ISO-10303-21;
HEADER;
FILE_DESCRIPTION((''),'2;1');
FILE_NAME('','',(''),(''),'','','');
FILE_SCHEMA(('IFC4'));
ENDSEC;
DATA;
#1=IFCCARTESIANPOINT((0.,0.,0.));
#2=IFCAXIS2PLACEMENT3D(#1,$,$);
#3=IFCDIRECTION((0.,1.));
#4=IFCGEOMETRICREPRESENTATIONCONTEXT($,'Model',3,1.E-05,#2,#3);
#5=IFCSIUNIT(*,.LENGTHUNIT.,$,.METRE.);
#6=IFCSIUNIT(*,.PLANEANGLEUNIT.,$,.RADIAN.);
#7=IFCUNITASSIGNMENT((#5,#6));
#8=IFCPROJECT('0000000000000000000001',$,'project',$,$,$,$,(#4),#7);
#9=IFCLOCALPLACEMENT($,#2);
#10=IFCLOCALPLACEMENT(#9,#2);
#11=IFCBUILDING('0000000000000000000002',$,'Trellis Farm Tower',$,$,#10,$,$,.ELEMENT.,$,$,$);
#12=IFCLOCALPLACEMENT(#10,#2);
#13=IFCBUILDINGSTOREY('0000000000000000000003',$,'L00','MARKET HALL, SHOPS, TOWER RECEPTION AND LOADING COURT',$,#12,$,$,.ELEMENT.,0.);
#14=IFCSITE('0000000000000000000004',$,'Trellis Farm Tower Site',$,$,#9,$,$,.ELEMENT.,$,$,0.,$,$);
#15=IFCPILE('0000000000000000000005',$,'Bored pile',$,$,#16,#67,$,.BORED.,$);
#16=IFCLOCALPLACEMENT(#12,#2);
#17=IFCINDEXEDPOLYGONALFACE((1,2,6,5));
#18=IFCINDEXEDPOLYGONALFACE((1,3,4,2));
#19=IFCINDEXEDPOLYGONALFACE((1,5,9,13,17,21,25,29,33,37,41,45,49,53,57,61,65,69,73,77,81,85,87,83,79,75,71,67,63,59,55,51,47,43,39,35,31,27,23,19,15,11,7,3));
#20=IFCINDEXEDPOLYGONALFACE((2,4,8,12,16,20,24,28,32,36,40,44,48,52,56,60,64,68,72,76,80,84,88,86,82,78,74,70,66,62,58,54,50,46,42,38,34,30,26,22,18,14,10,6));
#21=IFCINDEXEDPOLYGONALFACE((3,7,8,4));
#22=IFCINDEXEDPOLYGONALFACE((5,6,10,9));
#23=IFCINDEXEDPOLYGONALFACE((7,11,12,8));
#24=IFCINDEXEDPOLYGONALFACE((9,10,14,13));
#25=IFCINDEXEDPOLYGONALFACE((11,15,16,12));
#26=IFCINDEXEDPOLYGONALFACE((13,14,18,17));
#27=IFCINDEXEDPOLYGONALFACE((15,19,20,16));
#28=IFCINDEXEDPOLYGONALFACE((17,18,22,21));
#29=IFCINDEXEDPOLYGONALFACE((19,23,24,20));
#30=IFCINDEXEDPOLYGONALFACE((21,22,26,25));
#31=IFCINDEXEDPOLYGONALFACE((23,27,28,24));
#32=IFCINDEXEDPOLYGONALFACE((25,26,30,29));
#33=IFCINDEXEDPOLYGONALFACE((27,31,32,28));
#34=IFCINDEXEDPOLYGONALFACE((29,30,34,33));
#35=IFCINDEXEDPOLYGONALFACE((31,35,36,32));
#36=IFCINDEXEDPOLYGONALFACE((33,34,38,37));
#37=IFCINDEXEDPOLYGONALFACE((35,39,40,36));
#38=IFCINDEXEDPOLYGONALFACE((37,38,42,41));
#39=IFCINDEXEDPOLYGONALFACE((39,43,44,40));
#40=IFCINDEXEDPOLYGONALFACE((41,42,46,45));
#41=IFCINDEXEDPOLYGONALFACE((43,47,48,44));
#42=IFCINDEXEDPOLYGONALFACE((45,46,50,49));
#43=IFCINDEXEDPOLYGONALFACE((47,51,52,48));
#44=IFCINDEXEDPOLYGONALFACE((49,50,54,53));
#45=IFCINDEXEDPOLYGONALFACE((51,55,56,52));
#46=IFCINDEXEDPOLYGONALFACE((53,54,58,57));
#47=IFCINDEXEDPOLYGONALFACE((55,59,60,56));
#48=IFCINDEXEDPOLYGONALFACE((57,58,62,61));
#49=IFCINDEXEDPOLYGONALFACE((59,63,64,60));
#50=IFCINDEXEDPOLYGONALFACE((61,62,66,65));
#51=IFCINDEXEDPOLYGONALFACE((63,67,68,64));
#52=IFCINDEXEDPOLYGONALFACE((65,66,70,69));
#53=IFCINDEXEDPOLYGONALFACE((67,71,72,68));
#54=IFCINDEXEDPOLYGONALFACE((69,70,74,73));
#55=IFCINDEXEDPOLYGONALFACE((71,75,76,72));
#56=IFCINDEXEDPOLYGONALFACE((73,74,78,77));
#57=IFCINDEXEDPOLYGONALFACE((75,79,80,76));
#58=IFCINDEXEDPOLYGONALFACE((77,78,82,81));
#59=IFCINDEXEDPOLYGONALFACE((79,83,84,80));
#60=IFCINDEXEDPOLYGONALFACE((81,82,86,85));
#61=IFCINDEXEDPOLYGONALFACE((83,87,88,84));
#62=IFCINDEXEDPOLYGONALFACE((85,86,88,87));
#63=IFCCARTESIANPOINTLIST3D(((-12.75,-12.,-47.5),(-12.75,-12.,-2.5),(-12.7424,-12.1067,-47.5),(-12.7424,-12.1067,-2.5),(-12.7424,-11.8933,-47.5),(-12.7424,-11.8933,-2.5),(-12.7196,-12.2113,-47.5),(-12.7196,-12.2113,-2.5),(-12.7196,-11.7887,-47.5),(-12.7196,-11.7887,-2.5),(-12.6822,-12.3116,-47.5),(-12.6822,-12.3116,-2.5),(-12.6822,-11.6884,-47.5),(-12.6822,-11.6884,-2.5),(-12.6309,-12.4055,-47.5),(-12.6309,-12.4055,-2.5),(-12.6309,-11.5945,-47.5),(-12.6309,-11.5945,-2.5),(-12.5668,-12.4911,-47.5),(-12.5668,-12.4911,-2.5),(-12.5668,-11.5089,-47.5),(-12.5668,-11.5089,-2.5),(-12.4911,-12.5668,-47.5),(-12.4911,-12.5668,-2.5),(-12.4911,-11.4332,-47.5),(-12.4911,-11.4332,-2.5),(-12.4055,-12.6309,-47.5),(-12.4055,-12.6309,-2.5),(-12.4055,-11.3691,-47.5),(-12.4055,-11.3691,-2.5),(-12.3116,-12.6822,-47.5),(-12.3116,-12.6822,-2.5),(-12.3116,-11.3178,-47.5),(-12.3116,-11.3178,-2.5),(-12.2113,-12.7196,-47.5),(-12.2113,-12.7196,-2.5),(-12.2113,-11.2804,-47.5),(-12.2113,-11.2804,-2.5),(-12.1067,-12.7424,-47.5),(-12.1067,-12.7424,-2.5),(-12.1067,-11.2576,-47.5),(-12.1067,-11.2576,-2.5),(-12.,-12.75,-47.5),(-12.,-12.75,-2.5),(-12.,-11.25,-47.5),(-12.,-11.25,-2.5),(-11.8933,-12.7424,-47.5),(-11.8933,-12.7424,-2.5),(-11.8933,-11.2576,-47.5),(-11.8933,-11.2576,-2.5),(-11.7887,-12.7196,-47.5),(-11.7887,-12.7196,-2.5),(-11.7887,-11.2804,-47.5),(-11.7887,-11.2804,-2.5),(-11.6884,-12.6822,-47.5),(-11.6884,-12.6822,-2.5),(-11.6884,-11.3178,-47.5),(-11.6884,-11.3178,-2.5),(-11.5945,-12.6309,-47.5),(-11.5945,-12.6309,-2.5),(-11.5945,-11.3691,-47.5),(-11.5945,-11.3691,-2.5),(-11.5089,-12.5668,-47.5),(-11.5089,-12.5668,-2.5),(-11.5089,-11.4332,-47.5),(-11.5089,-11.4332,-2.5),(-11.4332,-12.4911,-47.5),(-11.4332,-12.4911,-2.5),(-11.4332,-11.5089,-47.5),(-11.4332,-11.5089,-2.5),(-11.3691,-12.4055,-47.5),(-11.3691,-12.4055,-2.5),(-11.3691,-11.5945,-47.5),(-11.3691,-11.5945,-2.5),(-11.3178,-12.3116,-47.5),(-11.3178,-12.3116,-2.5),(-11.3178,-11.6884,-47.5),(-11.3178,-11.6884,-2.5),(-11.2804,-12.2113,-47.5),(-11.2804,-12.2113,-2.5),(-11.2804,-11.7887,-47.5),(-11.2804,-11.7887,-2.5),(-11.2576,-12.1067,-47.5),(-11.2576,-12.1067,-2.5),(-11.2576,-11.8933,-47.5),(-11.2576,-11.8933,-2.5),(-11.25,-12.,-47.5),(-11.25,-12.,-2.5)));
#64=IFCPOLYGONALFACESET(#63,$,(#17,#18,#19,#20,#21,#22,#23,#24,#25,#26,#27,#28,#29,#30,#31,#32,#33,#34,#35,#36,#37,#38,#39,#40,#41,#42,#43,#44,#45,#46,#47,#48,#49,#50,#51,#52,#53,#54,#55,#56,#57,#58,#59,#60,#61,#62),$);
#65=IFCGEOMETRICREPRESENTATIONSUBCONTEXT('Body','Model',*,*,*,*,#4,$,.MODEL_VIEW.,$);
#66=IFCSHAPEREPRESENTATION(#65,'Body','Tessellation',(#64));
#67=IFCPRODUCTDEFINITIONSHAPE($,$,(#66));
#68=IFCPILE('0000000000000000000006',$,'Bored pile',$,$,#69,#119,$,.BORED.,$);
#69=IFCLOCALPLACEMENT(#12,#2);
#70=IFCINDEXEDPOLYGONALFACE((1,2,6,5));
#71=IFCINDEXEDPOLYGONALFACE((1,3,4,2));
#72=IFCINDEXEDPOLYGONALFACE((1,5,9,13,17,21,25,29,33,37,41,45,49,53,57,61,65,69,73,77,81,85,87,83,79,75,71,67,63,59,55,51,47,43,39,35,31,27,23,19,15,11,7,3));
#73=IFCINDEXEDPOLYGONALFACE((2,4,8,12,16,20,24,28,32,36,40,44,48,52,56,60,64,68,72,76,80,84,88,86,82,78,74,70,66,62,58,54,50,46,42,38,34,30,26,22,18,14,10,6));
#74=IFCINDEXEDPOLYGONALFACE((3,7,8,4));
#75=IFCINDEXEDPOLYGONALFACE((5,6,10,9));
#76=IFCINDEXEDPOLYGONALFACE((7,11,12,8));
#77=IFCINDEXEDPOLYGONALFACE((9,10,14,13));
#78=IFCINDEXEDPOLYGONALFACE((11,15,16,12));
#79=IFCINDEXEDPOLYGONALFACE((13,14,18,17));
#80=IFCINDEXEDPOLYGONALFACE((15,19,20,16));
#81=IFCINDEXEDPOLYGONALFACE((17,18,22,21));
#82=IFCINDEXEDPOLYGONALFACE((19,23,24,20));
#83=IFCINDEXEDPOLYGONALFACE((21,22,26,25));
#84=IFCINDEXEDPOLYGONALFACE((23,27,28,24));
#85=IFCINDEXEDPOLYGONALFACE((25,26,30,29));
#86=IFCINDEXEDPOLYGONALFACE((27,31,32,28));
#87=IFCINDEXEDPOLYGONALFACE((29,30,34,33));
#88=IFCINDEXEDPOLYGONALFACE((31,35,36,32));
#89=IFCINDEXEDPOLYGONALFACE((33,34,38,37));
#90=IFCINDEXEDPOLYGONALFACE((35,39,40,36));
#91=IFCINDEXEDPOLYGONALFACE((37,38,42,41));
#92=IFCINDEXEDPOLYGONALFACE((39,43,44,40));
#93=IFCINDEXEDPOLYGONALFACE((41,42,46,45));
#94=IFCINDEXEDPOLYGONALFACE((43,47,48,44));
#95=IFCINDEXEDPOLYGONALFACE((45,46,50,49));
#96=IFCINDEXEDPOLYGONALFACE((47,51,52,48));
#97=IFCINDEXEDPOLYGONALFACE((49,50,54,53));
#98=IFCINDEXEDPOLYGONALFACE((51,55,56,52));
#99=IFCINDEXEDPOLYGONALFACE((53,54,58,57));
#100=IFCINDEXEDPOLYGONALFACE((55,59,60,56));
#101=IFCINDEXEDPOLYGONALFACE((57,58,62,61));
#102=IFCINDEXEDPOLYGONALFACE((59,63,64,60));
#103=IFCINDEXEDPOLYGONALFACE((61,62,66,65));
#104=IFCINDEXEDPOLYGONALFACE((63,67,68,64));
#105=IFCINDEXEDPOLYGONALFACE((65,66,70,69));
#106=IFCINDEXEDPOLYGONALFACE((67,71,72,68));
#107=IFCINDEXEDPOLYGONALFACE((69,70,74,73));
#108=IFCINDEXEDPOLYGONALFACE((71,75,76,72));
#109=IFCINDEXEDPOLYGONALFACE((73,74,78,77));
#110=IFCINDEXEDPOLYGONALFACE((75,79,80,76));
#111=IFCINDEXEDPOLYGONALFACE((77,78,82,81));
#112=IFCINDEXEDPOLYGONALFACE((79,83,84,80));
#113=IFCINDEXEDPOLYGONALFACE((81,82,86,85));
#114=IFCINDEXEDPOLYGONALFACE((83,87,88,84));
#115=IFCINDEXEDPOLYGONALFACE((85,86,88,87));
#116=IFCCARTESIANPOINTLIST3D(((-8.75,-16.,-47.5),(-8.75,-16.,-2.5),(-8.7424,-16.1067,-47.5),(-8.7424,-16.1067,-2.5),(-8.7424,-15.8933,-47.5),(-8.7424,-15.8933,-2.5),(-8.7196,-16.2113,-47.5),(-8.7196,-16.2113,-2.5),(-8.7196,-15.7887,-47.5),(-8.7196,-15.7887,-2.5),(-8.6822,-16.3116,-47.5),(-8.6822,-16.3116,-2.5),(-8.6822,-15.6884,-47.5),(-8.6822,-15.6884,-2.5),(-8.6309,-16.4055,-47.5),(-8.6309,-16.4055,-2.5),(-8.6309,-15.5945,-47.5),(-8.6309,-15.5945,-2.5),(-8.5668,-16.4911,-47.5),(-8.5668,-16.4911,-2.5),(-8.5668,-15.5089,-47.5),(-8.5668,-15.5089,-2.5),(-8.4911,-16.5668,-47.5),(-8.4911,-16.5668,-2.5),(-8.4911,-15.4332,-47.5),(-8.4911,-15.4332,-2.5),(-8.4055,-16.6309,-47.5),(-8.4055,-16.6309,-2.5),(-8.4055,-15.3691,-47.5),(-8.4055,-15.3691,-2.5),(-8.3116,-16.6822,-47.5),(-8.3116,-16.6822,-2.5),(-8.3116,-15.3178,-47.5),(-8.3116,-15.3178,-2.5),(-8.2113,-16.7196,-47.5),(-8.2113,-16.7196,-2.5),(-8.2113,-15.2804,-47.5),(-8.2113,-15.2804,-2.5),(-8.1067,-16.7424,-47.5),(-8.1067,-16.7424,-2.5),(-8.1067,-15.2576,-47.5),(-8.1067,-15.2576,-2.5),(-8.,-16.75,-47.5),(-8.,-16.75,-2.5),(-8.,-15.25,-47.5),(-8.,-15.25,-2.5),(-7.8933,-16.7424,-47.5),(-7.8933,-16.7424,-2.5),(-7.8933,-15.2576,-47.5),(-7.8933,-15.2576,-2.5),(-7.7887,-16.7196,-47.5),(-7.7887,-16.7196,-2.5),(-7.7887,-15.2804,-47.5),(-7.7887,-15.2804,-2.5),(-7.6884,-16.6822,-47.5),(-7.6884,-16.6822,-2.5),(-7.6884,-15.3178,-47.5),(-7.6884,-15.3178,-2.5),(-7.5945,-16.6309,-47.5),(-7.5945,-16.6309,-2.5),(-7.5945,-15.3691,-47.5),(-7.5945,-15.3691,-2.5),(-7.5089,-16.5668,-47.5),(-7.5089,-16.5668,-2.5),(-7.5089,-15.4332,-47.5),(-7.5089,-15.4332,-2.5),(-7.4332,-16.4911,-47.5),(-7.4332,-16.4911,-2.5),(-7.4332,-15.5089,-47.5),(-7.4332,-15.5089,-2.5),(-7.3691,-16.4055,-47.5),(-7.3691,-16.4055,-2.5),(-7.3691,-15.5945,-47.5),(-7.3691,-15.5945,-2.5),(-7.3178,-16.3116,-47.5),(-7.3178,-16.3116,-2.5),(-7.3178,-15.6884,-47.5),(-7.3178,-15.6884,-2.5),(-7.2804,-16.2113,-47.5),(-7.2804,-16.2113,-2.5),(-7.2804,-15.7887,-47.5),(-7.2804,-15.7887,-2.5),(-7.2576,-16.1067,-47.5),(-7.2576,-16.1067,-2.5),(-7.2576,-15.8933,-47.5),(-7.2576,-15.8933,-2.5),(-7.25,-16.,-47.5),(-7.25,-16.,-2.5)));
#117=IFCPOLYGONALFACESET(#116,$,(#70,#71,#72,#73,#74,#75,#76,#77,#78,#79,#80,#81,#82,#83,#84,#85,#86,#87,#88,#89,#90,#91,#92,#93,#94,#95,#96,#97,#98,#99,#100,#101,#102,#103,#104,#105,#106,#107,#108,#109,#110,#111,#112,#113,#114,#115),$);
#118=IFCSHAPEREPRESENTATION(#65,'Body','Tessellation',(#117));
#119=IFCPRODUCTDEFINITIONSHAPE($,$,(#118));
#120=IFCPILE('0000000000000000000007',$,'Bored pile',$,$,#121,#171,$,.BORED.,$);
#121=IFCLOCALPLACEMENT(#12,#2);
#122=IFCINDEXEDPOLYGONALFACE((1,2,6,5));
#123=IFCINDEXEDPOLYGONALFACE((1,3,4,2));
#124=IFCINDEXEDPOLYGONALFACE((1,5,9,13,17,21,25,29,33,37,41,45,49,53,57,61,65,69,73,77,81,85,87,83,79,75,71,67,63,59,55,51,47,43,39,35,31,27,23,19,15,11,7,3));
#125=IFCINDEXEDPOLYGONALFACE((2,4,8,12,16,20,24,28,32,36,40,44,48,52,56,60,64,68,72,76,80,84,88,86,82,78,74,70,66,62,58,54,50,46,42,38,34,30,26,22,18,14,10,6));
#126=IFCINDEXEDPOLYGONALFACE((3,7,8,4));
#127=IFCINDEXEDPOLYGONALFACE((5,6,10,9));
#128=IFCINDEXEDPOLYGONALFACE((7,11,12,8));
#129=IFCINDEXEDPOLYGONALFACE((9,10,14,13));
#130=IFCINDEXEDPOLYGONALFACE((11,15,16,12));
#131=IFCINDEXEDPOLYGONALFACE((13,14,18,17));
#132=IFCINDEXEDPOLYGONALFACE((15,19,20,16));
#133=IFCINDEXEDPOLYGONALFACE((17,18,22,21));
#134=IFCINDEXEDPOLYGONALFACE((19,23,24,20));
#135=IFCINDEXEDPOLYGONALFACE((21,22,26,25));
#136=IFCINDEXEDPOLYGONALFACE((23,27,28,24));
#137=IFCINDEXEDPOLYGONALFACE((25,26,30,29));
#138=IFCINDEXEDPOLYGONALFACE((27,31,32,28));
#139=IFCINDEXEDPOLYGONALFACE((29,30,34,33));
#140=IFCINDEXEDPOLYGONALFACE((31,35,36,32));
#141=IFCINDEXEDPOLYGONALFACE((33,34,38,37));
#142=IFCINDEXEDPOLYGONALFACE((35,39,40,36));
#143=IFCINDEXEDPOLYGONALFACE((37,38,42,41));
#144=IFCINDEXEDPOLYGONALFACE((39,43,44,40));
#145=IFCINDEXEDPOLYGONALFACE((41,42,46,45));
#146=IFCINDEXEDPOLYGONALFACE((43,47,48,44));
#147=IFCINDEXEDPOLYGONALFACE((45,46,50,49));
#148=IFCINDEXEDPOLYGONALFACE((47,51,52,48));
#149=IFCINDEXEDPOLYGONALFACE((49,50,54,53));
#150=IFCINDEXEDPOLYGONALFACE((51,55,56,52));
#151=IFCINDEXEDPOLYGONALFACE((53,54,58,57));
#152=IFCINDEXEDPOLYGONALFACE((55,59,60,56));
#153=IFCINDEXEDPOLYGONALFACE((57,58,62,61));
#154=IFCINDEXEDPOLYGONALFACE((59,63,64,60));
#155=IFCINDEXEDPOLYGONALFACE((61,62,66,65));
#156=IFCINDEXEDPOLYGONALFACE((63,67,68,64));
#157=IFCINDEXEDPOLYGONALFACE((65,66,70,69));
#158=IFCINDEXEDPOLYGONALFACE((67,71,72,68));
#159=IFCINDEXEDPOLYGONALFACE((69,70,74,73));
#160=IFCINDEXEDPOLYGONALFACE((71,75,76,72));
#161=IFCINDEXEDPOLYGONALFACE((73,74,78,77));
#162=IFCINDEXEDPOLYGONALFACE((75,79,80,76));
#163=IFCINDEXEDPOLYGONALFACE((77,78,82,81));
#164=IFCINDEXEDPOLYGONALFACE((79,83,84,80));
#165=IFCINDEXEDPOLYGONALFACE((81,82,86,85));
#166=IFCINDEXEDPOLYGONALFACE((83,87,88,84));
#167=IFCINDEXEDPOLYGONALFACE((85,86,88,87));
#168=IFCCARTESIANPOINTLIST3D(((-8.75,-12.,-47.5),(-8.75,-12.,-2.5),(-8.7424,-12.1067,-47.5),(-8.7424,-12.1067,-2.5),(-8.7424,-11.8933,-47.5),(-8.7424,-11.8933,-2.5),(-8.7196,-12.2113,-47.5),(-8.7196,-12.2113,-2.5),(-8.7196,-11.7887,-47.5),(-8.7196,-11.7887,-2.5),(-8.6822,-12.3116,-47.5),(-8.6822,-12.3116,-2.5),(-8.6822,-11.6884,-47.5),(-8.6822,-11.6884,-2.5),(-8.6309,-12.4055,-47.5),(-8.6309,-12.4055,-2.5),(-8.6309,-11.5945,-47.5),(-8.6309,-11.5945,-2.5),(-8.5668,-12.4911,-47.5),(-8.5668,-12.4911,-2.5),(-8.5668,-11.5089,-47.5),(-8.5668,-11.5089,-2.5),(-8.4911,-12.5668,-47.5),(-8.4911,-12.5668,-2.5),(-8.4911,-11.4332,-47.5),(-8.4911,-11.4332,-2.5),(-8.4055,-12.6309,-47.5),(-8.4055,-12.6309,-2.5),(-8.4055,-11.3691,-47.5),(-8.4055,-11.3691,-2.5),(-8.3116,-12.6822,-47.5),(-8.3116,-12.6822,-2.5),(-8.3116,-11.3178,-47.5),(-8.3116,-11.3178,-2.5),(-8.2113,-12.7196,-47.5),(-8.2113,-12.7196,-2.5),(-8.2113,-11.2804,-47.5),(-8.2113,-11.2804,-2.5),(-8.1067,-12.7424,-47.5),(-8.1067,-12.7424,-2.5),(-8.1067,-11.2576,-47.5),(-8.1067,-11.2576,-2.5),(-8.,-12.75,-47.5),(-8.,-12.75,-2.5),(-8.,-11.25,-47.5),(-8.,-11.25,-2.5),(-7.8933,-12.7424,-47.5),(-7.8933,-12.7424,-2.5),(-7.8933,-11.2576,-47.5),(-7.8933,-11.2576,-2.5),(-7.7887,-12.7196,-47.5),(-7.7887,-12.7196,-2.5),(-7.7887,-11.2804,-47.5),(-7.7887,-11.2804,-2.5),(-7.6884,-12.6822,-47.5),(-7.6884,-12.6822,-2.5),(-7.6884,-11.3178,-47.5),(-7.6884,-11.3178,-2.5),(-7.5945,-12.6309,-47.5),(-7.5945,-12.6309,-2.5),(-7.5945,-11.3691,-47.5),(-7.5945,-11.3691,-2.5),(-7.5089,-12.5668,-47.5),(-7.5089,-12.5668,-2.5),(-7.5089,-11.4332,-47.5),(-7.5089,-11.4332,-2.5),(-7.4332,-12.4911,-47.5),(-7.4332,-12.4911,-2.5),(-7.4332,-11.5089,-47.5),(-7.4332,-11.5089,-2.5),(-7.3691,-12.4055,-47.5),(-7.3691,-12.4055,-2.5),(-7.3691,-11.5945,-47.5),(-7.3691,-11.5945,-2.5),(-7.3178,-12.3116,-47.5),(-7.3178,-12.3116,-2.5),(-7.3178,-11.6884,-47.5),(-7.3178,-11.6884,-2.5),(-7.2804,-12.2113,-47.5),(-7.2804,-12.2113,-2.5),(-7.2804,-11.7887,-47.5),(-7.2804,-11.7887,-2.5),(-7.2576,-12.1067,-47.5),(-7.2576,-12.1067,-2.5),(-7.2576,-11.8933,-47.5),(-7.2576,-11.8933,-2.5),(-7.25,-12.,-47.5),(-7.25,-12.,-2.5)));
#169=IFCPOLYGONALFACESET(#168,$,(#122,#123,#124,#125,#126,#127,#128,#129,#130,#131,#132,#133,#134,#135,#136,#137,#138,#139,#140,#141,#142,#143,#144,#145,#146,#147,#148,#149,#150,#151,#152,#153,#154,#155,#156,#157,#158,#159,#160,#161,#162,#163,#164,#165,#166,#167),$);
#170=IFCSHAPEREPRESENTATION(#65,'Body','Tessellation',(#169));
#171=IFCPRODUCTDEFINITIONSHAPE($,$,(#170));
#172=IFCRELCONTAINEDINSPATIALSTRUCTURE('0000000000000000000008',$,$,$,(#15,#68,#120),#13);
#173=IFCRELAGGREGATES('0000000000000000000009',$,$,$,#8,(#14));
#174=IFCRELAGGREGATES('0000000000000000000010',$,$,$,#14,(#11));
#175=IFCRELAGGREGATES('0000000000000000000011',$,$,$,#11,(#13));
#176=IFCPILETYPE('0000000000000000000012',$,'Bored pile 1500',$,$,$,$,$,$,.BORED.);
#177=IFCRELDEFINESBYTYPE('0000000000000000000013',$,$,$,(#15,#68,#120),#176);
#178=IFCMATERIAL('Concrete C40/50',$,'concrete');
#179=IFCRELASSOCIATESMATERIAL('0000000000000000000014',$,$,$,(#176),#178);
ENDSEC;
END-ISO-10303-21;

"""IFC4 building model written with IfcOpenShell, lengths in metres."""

from ifc_helpers import new_model, si_unit, direction, frame, origin, origin_2d, place, context, subcontext, project, spatial, circle, extrude, source, transform, mapped, material, material_profile, profile_set, type_object, element, save


model = new_model("IFC4")

# Units and contexts
model_context = context("Model", 3, precision=1e-05, world=origin(), true_north=direction((0.0, 1.0)))
body_context = subcontext(model_context, "Body", "Model", "MODEL_VIEW")
ifc_project = project(units=[si_unit("LENGTHUNIT", "METRE"), si_unit("PLANEANGLEUNIT", "RADIAN")], contexts=[model_context])

# Site, building, storey
site_placement = place(None, origin())
site = spatial("IfcSite", under=ifc_project, at=site_placement, Name="Trellis Farm Tower Site", CompositionType="ELEMENT", RefElevation=0.0)
building_placement = place(site_placement, origin())
building = spatial("IfcBuilding", under=site, at=building_placement, Name="Trellis Farm Tower", CompositionType="ELEMENT")
storey_placement = place(building_placement, origin())
storey = spatial("IfcBuildingStorey", under=building, at=storey_placement, Name="L00", Description="MARKET HALL, SHOPS, TOWER RECEPTION AND LOADING COURT", CompositionType="ELEMENT", Elevation=0.0)

# Piles
ifc_material_1 = material(Name="Concrete C40/50", Category="concrete")
ifc_material_profile_1 = material_profile(ifc_material_1, circle(Radius=0.75, at=origin_2d()), Name="Bored pile 1500")
ifc_profile_set_1 = profile_set([ifc_material_profile_1], Name="Concrete C40/50")
pile_type = type_object("IfcPileType", Name="Bored pile 1500", PredefinedType="BORED", material=ifc_profile_set_1)
shared_shape_1 = source(origin(), body_context, "Body", "SweptSolid", [
    extrude(circle(Radius=0.75, at=origin_2d()), origin(), (0.0, 0.0, 1.0), 45.0),
])
for number, where, z_axis, x_axis, name in (
    (1, (-12.0, -12.0, -2.5), (0.0, 0.0, -1.0), (1.0, 0.0, 0.0), "Bored pile"),
    (2, (-8.0, -16.0, -2.5), (0.0, 0.0, -1.0), (1.0, 0.0, 0.0), "Bored pile"),
    (3, (-8.0, -12.0, -2.5), (0.0, 0.0, -1.0), (1.0, 0.0, 0.0), "Bored pile"),
):
    element("IfcPile", number, at=place(storey_placement, frame(where, z_axis=z_axis, x_axis=x_axis)), inside=storey, type_object=pile_type, Name=name, PredefinedType="BORED", context=body_context, shape_type="MappedRepresentation", body=[
        mapped(shared_shape_1, transform((0.0, 0.0, 0.0))),
    ])

save(model, "model.ifc")
